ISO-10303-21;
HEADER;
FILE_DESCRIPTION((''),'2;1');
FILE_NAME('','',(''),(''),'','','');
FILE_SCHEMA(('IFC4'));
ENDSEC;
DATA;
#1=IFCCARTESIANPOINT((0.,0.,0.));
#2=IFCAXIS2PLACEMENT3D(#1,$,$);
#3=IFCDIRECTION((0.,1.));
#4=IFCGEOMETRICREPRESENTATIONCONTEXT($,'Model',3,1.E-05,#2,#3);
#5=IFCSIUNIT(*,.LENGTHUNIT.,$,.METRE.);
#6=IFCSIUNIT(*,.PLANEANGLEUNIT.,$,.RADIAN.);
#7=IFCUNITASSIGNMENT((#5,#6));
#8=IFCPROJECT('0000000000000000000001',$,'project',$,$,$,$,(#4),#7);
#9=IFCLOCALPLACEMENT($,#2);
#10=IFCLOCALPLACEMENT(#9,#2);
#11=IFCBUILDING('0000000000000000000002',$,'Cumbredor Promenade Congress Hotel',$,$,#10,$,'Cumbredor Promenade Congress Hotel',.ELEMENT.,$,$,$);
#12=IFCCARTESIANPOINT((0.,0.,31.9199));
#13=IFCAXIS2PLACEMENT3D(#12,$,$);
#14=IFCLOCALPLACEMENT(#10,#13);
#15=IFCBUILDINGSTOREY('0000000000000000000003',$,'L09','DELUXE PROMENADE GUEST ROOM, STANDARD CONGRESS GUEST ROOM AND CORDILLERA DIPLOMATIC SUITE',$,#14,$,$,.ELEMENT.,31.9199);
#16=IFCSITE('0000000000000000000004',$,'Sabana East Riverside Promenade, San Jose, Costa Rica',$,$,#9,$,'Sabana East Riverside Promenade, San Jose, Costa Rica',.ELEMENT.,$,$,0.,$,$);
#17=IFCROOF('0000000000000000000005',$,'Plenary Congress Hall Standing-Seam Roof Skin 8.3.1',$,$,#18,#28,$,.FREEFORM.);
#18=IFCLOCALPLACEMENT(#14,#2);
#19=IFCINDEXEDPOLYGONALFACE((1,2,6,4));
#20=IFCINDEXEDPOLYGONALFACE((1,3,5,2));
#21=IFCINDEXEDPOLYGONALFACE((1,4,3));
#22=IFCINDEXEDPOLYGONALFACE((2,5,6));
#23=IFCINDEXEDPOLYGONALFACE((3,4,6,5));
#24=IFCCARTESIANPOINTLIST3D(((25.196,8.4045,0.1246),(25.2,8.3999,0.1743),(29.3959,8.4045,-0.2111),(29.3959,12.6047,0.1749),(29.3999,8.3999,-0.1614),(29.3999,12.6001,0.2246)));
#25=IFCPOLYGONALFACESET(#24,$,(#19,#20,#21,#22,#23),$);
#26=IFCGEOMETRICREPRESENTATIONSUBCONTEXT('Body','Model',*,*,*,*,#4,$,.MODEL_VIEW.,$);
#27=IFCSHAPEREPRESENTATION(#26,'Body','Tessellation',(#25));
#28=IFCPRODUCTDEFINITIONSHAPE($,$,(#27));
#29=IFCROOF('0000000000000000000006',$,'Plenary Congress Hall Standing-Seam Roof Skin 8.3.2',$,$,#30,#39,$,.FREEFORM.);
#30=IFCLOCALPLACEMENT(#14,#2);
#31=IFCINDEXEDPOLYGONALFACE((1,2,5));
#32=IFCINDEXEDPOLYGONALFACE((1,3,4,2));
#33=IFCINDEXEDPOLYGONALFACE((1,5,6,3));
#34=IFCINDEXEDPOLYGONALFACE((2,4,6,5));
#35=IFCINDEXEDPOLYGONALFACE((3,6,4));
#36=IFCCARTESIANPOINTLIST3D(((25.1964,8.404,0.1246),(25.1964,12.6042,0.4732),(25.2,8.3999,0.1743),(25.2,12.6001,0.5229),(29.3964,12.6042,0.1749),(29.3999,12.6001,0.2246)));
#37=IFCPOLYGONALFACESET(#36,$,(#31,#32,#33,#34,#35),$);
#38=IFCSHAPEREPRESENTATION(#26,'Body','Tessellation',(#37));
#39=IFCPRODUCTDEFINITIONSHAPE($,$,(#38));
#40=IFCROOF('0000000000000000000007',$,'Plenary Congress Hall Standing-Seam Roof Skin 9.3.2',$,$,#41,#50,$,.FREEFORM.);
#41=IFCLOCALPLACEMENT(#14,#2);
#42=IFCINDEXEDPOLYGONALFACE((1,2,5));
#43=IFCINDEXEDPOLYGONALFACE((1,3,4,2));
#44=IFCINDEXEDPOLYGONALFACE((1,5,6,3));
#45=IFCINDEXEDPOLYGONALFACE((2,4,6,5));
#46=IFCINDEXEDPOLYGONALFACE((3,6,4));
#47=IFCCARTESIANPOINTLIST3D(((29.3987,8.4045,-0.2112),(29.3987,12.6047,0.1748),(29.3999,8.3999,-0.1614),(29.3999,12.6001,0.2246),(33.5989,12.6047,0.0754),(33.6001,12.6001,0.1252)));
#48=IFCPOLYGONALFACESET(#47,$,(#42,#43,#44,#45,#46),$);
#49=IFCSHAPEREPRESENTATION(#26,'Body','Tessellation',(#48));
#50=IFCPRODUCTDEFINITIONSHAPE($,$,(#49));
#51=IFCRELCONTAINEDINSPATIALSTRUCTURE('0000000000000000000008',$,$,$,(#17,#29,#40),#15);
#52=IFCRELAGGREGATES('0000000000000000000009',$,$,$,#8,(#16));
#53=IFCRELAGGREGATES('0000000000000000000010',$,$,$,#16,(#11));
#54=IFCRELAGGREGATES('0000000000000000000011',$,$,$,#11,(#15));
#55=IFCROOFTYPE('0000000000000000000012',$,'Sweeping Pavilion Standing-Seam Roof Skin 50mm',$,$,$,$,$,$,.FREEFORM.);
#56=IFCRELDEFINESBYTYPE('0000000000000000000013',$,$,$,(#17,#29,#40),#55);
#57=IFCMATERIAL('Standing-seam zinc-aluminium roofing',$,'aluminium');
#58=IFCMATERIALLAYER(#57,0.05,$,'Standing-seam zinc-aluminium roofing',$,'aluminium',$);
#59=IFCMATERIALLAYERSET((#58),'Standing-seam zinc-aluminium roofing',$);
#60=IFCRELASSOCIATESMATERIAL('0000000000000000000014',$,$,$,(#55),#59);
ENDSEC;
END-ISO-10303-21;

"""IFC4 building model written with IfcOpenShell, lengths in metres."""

from ifc_helpers import new_model, si_unit, direction, frame, origin, place, context, subcontext, project, spatial, polyline, outline, extrude, material, layer, layer_set, type_object, element, save


model = new_model("IFC4")

# Units and contexts
model_context = context("Model", 3, precision=1e-05, world=origin(), true_north=direction((0.0, 1.0)))
body_context = subcontext(model_context, "Body", "Model", "MODEL_VIEW")
ifc_project = project(units=[si_unit("LENGTHUNIT", "METRE"), si_unit("PLANEANGLEUNIT", "RADIAN")], contexts=[model_context])

# Site, building, storey
site_placement = place(None, origin())
site = spatial("IfcSite", under=ifc_project, at=site_placement, Name="Sabana East Riverside Promenade, San Jose, Costa Rica", LongName="Sabana East Riverside Promenade, San Jose, Costa Rica", CompositionType="ELEMENT", RefElevation=0.0)
building_placement = place(site_placement, origin())
building = spatial("IfcBuilding", under=site, at=building_placement, Name="Cumbredor Promenade Congress Hotel", LongName="Cumbredor Promenade Congress Hotel", CompositionType="ELEMENT")
storey_placement = place(building_placement, frame((0.0, 0.0, 31.9199)))
storey = spatial("IfcBuildingStorey", under=building, at=storey_placement, Name="L09", Description="DELUXE PROMENADE GUEST ROOM, STANDARD CONGRESS GUEST ROOM AND CORDILLERA DIPLOMATIC SUITE", CompositionType="ELEMENT", Elevation=31.9199)

# Roofs
ifc_material_1 = material(Name="Standing-seam zinc-aluminium roofing", Category="aluminium")
ifc_layer_1 = layer(ifc_material_1, 0.05, Name="Standing-seam zinc-aluminium roofing", Category="aluminium")
ifc_layer_set_1 = layer_set([ifc_layer_1], Name="Standing-seam zinc-aluminium roofing")
roof_type = type_object("IfcRoofType", Name="Sweeping Pavilion Standing-Seam Roof Skin 50mm", PredefinedType="FREEFORM", material=ifc_layer_set_1)
roof_1_placement = place(storey_placement, frame((25.2, 8.3999, 0.1743), z_axis=(0.079342, -0.091223, 0.992665), x_axis=(0.996821, 0.0, -0.079674)))
element("IfcRoof", 1, at=roof_1_placement, inside=storey, type_object=roof_type, Name="Plenary Congress Hall Standing-Seam Roof Skin 8.3.1", PredefinedType="FREEFORM", context=body_context, shape_type="SweptSolid", body=[
    extrude(outline(polyline([(0.0, 0.0), (4.2133, 0.0), (4.1826, 4.2178), (0.0, 0.0)])), origin(), (0.0, 0.0, -1.0), 0.05),
])
roof_2_placement = place(storey_placement, frame((25.2, 8.3999, 0.1743), z_axis=(0.070614, -0.082513, 0.994085), x_axis=(0.707061, 0.707102, 0.008467)))
element("IfcRoof", 2, at=roof_2_placement, inside=storey, type_object=roof_type, Name="Plenary Congress Hall Standing-Seam Roof Skin 8.3.2", PredefinedType="FREEFORM", context=body_context, shape_type="SweptSolid", body=[
    extrude(outline(polyline([(0.0, 0.0), (5.94, 0.0), (2.9729, 2.9875), (0.0, 0.0)])), origin(), (0.0, 0.0, -1.0), 0.05),
])
roof_3_placement = place(storey_placement, frame((29.3999, 8.3999, -0.1614), z_axis=(0.023551, -0.091486, 0.995528), x_axis=(0.706285, 0.706285, 0.048197)))
element("IfcRoof", 3, at=roof_3_placement, inside=storey, type_object=roof_type, Name="Plenary Congress Hall Standing-Seam Roof Skin 9.3.2", PredefinedType="FREEFORM", context=body_context, shape_type="SweptSolid", body=[
    extrude(outline(polyline([(0.0, 0.0), (5.9469, 0.0), (2.9851, 2.9799), (0.0, 0.0)])), origin(), (0.0, 0.0, -1.0), 0.05),
])

save(model, "model.ifc")
